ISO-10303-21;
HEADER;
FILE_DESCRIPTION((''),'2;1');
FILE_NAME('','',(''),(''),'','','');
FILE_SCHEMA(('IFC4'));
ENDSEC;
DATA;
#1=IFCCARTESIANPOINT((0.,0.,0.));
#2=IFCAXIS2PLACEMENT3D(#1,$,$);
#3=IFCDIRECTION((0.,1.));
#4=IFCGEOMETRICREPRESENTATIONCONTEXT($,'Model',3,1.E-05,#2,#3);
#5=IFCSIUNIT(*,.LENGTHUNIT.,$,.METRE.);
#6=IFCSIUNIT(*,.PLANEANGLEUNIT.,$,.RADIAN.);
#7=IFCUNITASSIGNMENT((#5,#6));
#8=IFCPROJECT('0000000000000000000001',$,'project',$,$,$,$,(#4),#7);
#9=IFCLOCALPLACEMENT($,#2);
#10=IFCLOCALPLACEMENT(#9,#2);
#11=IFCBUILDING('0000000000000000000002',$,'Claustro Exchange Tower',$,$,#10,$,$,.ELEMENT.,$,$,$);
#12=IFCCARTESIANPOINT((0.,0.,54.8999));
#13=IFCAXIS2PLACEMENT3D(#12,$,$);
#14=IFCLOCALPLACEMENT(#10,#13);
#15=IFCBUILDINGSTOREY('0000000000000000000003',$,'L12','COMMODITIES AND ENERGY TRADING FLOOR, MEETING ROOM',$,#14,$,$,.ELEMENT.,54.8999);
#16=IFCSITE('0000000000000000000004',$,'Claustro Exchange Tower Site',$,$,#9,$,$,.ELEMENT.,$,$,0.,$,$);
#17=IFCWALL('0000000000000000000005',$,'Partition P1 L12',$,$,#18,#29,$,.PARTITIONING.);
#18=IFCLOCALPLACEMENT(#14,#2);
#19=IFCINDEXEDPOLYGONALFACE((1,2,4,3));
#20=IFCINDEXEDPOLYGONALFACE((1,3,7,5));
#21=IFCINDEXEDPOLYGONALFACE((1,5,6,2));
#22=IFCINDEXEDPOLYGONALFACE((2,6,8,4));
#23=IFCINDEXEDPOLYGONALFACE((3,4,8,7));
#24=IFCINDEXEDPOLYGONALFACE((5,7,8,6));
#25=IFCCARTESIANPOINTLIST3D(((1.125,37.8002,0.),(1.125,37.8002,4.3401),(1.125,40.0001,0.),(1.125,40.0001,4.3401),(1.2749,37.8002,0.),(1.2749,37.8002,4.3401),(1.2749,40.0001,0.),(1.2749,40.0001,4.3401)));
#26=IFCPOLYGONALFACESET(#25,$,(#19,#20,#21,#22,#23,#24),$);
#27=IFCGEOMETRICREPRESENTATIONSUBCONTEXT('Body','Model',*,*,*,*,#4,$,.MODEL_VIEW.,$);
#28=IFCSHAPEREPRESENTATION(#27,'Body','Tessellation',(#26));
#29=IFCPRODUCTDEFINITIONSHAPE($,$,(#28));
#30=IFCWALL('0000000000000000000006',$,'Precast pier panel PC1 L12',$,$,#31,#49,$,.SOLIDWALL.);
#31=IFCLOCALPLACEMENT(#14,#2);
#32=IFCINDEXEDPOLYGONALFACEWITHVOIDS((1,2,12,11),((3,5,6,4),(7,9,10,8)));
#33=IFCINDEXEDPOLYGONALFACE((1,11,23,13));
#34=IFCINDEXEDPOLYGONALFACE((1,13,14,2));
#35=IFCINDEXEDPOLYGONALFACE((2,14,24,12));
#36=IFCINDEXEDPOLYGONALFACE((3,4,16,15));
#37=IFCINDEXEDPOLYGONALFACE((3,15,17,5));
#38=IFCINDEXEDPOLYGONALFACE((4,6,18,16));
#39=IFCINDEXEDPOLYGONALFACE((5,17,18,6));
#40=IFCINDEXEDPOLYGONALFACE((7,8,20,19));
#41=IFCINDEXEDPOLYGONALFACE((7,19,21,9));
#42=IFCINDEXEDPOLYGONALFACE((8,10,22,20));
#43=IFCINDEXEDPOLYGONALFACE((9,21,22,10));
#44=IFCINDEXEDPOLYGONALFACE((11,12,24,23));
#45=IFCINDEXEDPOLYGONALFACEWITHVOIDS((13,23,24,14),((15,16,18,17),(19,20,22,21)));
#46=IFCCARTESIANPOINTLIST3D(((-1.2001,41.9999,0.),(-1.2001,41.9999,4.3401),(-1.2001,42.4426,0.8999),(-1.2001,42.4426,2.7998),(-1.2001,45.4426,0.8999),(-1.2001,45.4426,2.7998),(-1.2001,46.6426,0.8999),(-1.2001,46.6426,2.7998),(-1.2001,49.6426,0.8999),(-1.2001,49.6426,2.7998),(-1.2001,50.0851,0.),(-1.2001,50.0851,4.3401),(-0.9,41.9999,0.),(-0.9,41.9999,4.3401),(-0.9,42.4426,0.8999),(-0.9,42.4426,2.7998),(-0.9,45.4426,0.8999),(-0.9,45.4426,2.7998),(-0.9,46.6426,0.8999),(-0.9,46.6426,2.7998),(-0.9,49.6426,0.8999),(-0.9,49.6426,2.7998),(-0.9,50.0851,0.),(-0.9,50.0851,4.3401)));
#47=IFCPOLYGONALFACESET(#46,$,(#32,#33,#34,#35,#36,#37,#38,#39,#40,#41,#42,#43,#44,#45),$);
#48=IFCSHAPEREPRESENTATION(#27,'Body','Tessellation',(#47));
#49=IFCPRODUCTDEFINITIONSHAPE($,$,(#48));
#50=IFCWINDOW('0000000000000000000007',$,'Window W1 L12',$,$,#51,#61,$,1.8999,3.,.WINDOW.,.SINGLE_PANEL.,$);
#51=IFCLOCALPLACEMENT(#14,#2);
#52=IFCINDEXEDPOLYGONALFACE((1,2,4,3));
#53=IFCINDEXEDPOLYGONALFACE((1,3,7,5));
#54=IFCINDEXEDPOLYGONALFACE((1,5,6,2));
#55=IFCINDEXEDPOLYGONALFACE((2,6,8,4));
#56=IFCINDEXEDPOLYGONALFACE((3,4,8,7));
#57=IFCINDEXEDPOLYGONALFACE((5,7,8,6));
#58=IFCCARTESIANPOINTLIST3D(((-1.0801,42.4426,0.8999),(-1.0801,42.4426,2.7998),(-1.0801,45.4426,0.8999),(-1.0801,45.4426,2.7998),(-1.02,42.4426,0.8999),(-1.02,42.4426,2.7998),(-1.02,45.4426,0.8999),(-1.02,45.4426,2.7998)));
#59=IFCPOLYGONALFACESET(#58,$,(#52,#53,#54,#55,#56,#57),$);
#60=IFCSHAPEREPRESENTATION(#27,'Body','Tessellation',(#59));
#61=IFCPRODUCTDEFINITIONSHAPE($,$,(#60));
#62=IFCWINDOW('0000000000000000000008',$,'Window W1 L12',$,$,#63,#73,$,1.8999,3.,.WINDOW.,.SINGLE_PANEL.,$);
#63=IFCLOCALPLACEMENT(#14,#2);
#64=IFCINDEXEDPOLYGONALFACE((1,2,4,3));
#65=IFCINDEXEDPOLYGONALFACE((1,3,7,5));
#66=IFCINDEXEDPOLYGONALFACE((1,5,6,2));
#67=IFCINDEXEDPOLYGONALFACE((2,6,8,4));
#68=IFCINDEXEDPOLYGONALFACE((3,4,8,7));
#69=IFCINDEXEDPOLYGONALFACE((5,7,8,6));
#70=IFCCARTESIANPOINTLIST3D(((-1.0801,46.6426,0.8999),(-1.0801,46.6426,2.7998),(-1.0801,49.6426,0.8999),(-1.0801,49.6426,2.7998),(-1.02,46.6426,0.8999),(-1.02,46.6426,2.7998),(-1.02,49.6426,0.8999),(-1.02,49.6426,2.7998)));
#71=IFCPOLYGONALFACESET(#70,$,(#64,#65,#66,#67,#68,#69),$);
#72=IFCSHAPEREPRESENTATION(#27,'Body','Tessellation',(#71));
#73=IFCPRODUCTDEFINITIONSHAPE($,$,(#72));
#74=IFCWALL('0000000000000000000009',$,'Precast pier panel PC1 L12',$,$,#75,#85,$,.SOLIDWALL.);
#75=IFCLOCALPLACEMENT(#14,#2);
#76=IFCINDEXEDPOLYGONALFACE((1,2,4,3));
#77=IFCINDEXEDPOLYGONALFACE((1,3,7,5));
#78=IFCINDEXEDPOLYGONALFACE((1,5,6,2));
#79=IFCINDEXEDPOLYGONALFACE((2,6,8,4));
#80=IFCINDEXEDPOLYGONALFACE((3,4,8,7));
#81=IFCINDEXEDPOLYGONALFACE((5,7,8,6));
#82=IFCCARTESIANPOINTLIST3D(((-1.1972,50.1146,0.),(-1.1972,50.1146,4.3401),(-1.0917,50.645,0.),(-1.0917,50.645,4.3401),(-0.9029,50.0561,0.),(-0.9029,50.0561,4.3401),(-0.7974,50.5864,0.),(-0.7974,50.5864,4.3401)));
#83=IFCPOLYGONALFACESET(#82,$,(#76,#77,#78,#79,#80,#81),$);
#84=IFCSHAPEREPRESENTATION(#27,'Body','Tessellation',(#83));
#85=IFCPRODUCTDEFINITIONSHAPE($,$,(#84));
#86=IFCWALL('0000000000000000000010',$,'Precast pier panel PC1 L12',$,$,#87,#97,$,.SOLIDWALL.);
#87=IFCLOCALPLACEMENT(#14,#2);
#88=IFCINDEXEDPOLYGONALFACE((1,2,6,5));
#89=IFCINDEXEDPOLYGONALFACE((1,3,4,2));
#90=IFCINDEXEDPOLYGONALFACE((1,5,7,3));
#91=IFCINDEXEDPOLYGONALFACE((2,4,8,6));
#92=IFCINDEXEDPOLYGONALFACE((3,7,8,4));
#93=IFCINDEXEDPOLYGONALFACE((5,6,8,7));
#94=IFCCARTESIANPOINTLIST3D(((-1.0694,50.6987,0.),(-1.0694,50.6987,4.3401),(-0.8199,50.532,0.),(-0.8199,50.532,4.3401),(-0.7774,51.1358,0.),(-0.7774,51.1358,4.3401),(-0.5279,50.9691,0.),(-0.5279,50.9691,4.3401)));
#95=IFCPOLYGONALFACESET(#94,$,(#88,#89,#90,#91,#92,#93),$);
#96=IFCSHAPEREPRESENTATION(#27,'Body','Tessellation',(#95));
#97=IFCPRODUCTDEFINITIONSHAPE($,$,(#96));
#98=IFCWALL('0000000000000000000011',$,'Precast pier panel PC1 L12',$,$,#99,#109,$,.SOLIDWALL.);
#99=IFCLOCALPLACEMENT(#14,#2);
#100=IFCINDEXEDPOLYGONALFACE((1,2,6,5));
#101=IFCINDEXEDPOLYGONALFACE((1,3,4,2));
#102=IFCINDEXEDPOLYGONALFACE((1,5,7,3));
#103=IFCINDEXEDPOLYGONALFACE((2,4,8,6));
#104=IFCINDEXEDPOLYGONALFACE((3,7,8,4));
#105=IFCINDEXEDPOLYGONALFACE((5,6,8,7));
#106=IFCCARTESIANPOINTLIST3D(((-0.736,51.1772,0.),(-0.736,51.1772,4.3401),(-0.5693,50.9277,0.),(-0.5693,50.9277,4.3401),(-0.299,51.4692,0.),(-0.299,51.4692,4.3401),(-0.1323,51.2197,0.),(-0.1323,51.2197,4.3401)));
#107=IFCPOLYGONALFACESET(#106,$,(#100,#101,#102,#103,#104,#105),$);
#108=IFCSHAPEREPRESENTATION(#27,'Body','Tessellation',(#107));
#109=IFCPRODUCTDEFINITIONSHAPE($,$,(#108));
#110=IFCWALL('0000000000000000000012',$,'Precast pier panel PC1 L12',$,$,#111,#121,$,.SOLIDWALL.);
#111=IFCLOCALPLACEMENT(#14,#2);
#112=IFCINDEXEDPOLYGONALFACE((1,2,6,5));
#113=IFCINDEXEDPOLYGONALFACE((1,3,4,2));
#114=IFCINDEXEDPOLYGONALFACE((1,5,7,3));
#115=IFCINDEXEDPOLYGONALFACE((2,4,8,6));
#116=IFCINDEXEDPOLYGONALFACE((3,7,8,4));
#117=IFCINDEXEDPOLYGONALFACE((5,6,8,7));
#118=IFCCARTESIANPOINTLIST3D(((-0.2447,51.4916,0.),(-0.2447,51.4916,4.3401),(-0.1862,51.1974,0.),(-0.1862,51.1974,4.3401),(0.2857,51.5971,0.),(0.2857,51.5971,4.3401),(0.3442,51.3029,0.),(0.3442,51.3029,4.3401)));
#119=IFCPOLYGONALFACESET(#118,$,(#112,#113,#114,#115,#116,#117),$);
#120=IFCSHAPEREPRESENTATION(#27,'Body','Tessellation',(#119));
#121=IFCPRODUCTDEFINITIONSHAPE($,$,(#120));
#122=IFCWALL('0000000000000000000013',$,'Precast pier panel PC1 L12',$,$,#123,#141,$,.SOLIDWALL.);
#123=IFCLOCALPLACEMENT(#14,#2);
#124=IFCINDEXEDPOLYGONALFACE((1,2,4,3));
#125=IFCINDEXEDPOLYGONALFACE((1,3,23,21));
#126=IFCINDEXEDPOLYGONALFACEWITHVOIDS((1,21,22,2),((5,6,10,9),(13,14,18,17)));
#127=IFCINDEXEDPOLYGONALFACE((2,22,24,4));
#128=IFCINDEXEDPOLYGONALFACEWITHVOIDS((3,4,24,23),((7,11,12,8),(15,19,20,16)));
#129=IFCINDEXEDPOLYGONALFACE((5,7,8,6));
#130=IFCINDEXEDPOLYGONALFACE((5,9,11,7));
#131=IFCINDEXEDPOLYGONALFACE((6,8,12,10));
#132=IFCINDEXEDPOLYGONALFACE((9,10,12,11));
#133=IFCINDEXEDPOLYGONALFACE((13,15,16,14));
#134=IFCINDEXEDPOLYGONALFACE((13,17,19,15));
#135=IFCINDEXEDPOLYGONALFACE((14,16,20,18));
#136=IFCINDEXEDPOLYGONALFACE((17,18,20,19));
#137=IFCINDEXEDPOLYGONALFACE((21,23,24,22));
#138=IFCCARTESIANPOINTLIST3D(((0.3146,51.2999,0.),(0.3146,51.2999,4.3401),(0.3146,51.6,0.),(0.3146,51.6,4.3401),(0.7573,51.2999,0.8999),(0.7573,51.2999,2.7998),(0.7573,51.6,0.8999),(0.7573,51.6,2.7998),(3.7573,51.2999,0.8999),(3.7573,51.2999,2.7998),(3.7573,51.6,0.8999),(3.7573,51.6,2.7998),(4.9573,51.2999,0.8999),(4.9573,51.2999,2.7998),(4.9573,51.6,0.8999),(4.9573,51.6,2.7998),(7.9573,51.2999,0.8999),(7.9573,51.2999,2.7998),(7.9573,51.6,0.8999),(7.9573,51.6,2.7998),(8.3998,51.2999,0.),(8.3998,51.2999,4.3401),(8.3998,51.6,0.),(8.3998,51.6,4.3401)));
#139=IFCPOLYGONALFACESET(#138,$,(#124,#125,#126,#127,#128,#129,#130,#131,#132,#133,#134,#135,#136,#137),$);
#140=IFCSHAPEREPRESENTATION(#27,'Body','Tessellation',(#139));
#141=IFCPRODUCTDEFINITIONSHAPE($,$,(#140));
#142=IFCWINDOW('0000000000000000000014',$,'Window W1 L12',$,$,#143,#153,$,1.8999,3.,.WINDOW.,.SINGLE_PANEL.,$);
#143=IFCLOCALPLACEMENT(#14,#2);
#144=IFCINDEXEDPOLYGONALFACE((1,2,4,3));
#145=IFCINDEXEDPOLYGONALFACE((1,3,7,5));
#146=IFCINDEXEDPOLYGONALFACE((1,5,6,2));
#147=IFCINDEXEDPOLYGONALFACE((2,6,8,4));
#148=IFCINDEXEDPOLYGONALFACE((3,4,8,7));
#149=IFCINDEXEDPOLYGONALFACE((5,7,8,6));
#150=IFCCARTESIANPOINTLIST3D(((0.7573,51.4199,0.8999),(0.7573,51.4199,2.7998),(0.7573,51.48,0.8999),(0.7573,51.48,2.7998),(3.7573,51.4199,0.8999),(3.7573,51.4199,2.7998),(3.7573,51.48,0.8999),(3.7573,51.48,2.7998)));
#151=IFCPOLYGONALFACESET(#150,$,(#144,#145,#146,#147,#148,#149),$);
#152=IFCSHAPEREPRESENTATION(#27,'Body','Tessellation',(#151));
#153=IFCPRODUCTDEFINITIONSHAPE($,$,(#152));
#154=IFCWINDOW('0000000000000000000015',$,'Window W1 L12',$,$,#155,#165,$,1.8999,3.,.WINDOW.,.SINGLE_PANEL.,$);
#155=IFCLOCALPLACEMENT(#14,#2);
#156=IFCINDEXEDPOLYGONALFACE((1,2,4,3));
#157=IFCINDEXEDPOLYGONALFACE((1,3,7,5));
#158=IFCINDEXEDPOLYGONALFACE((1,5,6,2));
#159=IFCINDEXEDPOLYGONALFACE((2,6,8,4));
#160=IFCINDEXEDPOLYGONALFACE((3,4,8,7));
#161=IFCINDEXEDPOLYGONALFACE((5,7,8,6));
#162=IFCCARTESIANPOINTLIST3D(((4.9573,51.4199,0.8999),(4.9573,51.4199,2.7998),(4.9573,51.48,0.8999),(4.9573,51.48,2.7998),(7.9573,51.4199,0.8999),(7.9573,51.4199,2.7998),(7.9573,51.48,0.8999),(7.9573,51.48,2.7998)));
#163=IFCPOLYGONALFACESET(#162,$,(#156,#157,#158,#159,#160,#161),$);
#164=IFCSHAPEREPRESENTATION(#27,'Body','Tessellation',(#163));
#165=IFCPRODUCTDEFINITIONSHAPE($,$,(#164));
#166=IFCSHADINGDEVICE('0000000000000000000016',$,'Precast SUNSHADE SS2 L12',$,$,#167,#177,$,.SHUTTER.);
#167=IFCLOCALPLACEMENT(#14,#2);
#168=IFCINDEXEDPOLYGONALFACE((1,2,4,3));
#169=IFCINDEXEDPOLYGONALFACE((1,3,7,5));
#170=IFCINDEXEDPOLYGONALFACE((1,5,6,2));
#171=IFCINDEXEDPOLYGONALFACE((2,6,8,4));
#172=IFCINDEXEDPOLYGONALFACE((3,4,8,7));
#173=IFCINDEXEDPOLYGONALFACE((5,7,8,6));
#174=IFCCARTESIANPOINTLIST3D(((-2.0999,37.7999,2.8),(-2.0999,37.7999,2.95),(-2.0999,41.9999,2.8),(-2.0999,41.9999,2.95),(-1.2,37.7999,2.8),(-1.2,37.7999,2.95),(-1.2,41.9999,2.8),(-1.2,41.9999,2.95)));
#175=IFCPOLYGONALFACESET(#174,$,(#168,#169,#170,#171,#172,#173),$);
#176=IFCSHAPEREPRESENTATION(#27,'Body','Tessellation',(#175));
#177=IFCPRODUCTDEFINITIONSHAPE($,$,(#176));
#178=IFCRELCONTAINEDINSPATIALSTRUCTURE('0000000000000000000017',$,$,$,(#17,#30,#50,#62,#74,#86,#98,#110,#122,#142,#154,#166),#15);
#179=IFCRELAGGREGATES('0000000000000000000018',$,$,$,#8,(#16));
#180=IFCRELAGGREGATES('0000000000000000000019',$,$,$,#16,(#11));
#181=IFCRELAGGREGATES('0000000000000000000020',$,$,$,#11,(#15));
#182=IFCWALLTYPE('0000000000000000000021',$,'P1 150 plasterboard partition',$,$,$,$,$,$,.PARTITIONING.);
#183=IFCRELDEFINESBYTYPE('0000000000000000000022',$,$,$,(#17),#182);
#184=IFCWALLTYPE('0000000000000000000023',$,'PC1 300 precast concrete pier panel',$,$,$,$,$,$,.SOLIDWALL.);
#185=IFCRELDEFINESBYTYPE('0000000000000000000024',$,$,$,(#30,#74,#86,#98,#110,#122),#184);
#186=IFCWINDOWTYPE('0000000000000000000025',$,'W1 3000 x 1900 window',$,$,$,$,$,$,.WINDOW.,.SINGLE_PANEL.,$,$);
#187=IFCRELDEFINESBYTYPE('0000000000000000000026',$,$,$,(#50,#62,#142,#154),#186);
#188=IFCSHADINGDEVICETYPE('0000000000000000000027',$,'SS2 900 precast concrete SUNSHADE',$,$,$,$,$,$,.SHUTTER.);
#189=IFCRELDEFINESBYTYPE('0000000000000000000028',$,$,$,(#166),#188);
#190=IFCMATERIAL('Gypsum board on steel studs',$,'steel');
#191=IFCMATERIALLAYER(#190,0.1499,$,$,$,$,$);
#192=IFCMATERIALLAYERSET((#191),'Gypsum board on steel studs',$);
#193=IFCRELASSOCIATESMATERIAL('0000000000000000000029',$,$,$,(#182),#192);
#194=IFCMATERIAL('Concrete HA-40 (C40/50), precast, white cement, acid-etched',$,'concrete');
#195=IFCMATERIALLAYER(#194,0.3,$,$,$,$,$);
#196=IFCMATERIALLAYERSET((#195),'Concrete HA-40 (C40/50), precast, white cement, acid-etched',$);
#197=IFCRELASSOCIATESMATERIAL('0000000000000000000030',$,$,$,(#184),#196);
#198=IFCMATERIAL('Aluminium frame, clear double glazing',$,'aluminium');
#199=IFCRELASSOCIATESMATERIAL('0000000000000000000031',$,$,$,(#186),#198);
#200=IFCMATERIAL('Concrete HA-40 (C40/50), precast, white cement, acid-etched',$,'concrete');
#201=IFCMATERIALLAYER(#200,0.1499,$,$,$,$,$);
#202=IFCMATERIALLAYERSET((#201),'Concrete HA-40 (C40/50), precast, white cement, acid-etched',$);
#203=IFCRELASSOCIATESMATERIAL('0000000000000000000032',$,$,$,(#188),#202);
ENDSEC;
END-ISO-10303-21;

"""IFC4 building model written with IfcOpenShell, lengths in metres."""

from ifc_helpers import new_model, si_unit, direction, frame, frame_2d, origin, origin_2d, place, context, subcontext, project, spatial, rectangle, extrude, material, layer, layer_set, type_object, element, fill, save


model = new_model("IFC4")

# Units and contexts
model_context = context("Model", 3, precision=1e-05, world=origin(), true_north=direction((0.0, 1.0)))
body_context = subcontext(model_context, "Body", "Model", "MODEL_VIEW")
ifc_project = project(units=[si_unit("LENGTHUNIT", "METRE"), si_unit("PLANEANGLEUNIT", "RADIAN")], contexts=[model_context])

# Site, building, storey
site_placement = place(None, origin())
site = spatial("IfcSite", under=ifc_project, at=site_placement, Name="Claustro Exchange Tower Site", CompositionType="ELEMENT", RefElevation=0.0)
building_placement = place(site_placement, origin())
building = spatial("IfcBuilding", under=site, at=building_placement, Name="Claustro Exchange Tower", CompositionType="ELEMENT")
storey_placement = place(building_placement, frame((0.0, 0.0, 54.8999)))
storey = spatial("IfcBuildingStorey", under=building, at=storey_placement, Name="L12", Description="COMMODITIES AND ENERGY TRADING FLOOR, MEETING ROOM", CompositionType="ELEMENT", Elevation=54.8999)

# Shared definitions
ifc_material_1 = material(Name="Gypsum board on steel studs", Category="steel")
ifc_layer_1 = layer(ifc_material_1, 0.1499)
ifc_layer_set_1 = layer_set([ifc_layer_1], Name="Gypsum board on steel studs")
wall_type_1 = type_object("IfcWallType", Name="P1 150 plasterboard partition", PredefinedType="PARTITIONING", material=ifc_layer_set_1)

# Wall
wall_1_placement = place(storey_placement, frame((1.2, 37.8, 0.0), z_axis=(0.0, 0.0, 1.0), x_axis=(0.0, 1.0, 0.0)))
element("IfcWall", 1, at=wall_1_placement, inside=storey, type_object=wall_type_1, Name="Partition P1 L12", PredefinedType="PARTITIONING", context=body_context, shape_type="SweptSolid", body=[
    extrude(rectangle(XDim=2.2, YDim=0.1499, at=frame_2d((1.1001, 0.0))), origin(), (0.0, 0.0, 1.0), 4.3401),
])

# Wall, openings, windows
ifc_material_2 = material(Name="Concrete HA-40 (C40/50), precast, white cement, acid-etched", Category="concrete")
ifc_layer_2 = layer(ifc_material_2, 0.3)
ifc_layer_set_2 = layer_set([ifc_layer_2], Name="Concrete HA-40 (C40/50), precast, white cement, acid-etched")
wall_type_2 = type_object("IfcWallType", Name="PC1 300 precast concrete pier panel", PredefinedType="SOLIDWALL", material=ifc_layer_set_2)
wall_2_placement = place(storey_placement, frame((-1.05, 42.0, 0.0), z_axis=(0.0, 0.0, 1.0), x_axis=(0.0, 1.0, 0.0)))
wall_2 = element("IfcWall", 2, at=wall_2_placement, inside=storey, type_object=wall_type_2, Name="Precast pier panel PC1 L12", PredefinedType="SOLIDWALL", context=body_context, shape_type="SweptSolid", body=[
    extrude(rectangle(XDim=8.0852, YDim=0.3, at=frame_2d((4.0425, 0.0))), origin(), (0.0, 0.0, 1.0), 4.3401),
])
opening_1_placement = place(wall_2_placement, frame((0.4426, 0.0, 0.8999)))
opening_1 = element("IfcOpeningElement", 3, at=opening_1_placement, cuts=wall_2, PredefinedType="OPENING", context=body_context, shape_type="SweptSolid", body=[
    extrude(rectangle(XDim=3.0, YDim=1.8999, at=frame_2d((1.5, 0.95))), frame((0.0, 0.1599, 0.0), z_axis=(0.0, -1.0, 0.0), x_axis=(1.0, 0.0, 0.0)), (0.0, 0.0, 1.0), 0.3201),
])
opening_2_placement = place(wall_2_placement, frame((4.6426, 0.0, 0.8999)))
opening_2 = element("IfcOpeningElement", 4, at=opening_2_placement, cuts=wall_2, PredefinedType="OPENING", context=body_context, shape_type="SweptSolid", body=[
    extrude(rectangle(XDim=3.0, YDim=1.8999, at=frame_2d((1.5, 0.95))), frame((0.0, 0.1599, 0.0), z_axis=(0.0, -1.0, 0.0), x_axis=(1.0, 0.0, 0.0)), (0.0, 0.0, 1.0), 0.3201),
])
ifc_material_3 = material(Name="Aluminium frame, clear double glazing", Category="aluminium")
window_type = type_object("IfcWindowType", Name="W1 3000 x 1900 window", PartitioningType="SINGLE_PANEL", PredefinedType="WINDOW", material=ifc_material_3)
window_1_placement = place(opening_1_placement, origin())
window_1 = element("IfcWindow", 5, at=window_1_placement, inside=storey, type_object=window_type, Name="Window W1 L12", OverallHeight=1.8999, OverallWidth=3.0, PartitioningType="SINGLE_PANEL", PredefinedType="WINDOW", context=body_context, shape_type="SweptSolid", body=[
    extrude(rectangle(XDim=3.0, YDim=1.8999, at=frame_2d((1.5, 0.95))), frame((0.0, 0.03, 0.0), z_axis=(0.0, -1.0, 0.0), x_axis=(1.0, 0.0, 0.0)), (0.0, 0.0, 1.0), 0.0601),
])
fill(opening_1, window_1)
window_2_placement = place(opening_2_placement, origin())
window_2 = element("IfcWindow", 6, at=window_2_placement, inside=storey, type_object=window_type, Name="Window W1 L12", OverallHeight=1.8999, OverallWidth=3.0, PartitioningType="SINGLE_PANEL", PredefinedType="WINDOW", context=body_context, shape_type="SweptSolid", body=[
    extrude(rectangle(XDim=3.0, YDim=1.8999, at=frame_2d((1.5, 0.95))), frame((0.0, 0.03, 0.0), z_axis=(0.0, -1.0, 0.0), x_axis=(1.0, 0.0, 0.0)), (0.0, 0.0, 1.0), 0.0601),
])
fill(opening_2, window_2)

# Walls
wall_3_placement = place(storey_placement, frame((-1.05, 50.0852, 0.0), z_axis=(0.0, 0.0, 1.0), x_axis=(0.195074, 0.980789, 0.0)))
element("IfcWall", 7, at=wall_3_placement, inside=storey, type_object=wall_type_2, Name="Precast pier panel PC1 L12", PredefinedType="SOLIDWALL", context=body_context, shape_type="SweptSolid", body=[
    extrude(rectangle(XDim=0.5408, YDim=0.3, at=frame_2d((0.2705, 0.0))), origin(), (0.0, 0.0, 1.0), 4.3401),
])
for number, where, z_axis, x_axis, name in (
    (8, (-0.9446, 50.6155, 0.0), (0.0, 0.0, 1.0), (0.555557, 0.831478, 0.0), "Precast pier panel PC1 L12"),
    (9, (-0.6526, 51.0525, 0.0), (0.0, 0.0, 1.0), (0.831478, 0.555557, 0.0), "Precast pier panel PC1 L12"),
):
    element("IfcWall", number, at=place(storey_placement, frame(where, z_axis=z_axis, x_axis=x_axis)), inside=storey, type_object=wall_type_2, Name=name, PredefinedType="SOLIDWALL", context=body_context, shape_type="SweptSolid", body=[
        extrude(rectangle(XDim=0.5256, YDim=0.3, at=frame_2d((0.2627, 0.0))), origin(), (0.0, 0.0, 1.0), 4.3401),
    ])
wall_4_placement = place(storey_placement, frame((-0.2156, 51.3445, 0.0), z_axis=(0.0, 0.0, 1.0), x_axis=(0.980789, 0.195074, 0.0)))
element("IfcWall", 10, at=wall_4_placement, inside=storey, type_object=wall_type_2, Name="Precast pier panel PC1 L12", PredefinedType="SOLIDWALL", context=body_context, shape_type="SweptSolid", body=[
    extrude(rectangle(XDim=0.5408, YDim=0.3, at=frame_2d((0.2705, 0.0))), origin(), (0.0, 0.0, 1.0), 4.3401),
])

# Wall, openings, windows
wall_5_placement = place(storey_placement, frame((0.3147, 51.45, 0.0), z_axis=(0.0, 0.0, 1.0), x_axis=(1.0, 0.0, 0.0)))
wall_5 = element("IfcWall", 11, at=wall_5_placement, inside=storey, type_object=wall_type_2, Name="Precast pier panel PC1 L12", PredefinedType="SOLIDWALL", context=body_context, shape_type="SweptSolid", body=[
    extrude(rectangle(XDim=8.0852, YDim=0.3, at=frame_2d((4.0425, 0.0))), origin(), (0.0, 0.0, 1.0), 4.3401),
])
opening_3_placement = place(wall_5_placement, frame((0.4426, 0.0, 0.8999)))
opening_3 = element("IfcOpeningElement", 12, at=opening_3_placement, cuts=wall_5, PredefinedType="OPENING", context=body_context, shape_type="SweptSolid", body=[
    extrude(rectangle(XDim=3.0, YDim=1.8999, at=frame_2d((1.5, 0.95))), frame((0.0, 0.1599, 0.0), z_axis=(0.0, -1.0, 0.0), x_axis=(1.0, 0.0, 0.0)), (0.0, 0.0, 1.0), 0.3201),
])
opening_4_placement = place(wall_5_placement, frame((4.6426, 0.0, 0.8999)))
opening_4 = element("IfcOpeningElement", 13, at=opening_4_placement, cuts=wall_5, PredefinedType="OPENING", context=body_context, shape_type="SweptSolid", body=[
    extrude(rectangle(XDim=3.0, YDim=1.8999, at=frame_2d((1.5, 0.95))), frame((0.0, 0.1599, 0.0), z_axis=(0.0, -1.0, 0.0), x_axis=(1.0, 0.0, 0.0)), (0.0, 0.0, 1.0), 0.3201),
])
window_3_placement = place(opening_3_placement, origin())
window_3 = element("IfcWindow", 14, at=window_3_placement, inside=storey, type_object=window_type, Name="Window W1 L12", OverallHeight=1.8999, OverallWidth=3.0, PartitioningType="SINGLE_PANEL", PredefinedType="WINDOW", context=body_context, shape_type="SweptSolid", body=[
    extrude(rectangle(XDim=3.0, YDim=1.8999, at=frame_2d((1.5, 0.95))), frame((0.0, 0.03, 0.0), z_axis=(0.0, -1.0, 0.0), x_axis=(1.0, 0.0, 0.0)), (0.0, 0.0, 1.0), 0.0601),
])
fill(opening_3, window_3)
window_4_placement = place(opening_4_placement, origin())
window_4 = element("IfcWindow", 15, at=window_4_placement, inside=storey, type_object=window_type, Name="Window W1 L12", OverallHeight=1.8999, OverallWidth=3.0, PartitioningType="SINGLE_PANEL", PredefinedType="WINDOW", context=body_context, shape_type="SweptSolid", body=[
    extrude(rectangle(XDim=3.0, YDim=1.8999, at=frame_2d((1.5, 0.95))), frame((0.0, 0.03, 0.0), z_axis=(0.0, -1.0, 0.0), x_axis=(1.0, 0.0, 0.0)), (0.0, 0.0, 1.0), 0.0601),
])
fill(opening_4, window_4)

# Shading device
ifc_material_4 = material(Name="Concrete HA-40 (C40/50), precast, white cement, acid-etched", Category="concrete")
ifc_layer_3 = layer(ifc_material_4, 0.1499)
ifc_layer_set_3 = layer_set([ifc_layer_3], Name="Concrete HA-40 (C40/50), precast, white cement, acid-etched")
shading_device_type = type_object("IfcShadingDeviceType", Name="SS2 900 precast concrete SUNSHADE", PredefinedType="SHUTTER", material=ifc_layer_set_3)
shading_device_1_placement = place(storey_placement, frame((-1.6499, 39.8999, 2.8), z_axis=(0.0, 0.0, 1.0), x_axis=(0.0, 1.0, 0.0)))
element("IfcShadingDevice", 16, at=shading_device_1_placement, inside=storey, type_object=shading_device_type, Name="Precast SUNSHADE SS2 L12", PredefinedType="SHUTTER", context=body_context, shape_type="SweptSolid", body=[
    extrude(rectangle(XDim=4.2, YDim=0.8999, at=origin_2d()), origin(), (0.0, 0.0, 1.0), 0.1499),
])

save(model, "model.ifc")
